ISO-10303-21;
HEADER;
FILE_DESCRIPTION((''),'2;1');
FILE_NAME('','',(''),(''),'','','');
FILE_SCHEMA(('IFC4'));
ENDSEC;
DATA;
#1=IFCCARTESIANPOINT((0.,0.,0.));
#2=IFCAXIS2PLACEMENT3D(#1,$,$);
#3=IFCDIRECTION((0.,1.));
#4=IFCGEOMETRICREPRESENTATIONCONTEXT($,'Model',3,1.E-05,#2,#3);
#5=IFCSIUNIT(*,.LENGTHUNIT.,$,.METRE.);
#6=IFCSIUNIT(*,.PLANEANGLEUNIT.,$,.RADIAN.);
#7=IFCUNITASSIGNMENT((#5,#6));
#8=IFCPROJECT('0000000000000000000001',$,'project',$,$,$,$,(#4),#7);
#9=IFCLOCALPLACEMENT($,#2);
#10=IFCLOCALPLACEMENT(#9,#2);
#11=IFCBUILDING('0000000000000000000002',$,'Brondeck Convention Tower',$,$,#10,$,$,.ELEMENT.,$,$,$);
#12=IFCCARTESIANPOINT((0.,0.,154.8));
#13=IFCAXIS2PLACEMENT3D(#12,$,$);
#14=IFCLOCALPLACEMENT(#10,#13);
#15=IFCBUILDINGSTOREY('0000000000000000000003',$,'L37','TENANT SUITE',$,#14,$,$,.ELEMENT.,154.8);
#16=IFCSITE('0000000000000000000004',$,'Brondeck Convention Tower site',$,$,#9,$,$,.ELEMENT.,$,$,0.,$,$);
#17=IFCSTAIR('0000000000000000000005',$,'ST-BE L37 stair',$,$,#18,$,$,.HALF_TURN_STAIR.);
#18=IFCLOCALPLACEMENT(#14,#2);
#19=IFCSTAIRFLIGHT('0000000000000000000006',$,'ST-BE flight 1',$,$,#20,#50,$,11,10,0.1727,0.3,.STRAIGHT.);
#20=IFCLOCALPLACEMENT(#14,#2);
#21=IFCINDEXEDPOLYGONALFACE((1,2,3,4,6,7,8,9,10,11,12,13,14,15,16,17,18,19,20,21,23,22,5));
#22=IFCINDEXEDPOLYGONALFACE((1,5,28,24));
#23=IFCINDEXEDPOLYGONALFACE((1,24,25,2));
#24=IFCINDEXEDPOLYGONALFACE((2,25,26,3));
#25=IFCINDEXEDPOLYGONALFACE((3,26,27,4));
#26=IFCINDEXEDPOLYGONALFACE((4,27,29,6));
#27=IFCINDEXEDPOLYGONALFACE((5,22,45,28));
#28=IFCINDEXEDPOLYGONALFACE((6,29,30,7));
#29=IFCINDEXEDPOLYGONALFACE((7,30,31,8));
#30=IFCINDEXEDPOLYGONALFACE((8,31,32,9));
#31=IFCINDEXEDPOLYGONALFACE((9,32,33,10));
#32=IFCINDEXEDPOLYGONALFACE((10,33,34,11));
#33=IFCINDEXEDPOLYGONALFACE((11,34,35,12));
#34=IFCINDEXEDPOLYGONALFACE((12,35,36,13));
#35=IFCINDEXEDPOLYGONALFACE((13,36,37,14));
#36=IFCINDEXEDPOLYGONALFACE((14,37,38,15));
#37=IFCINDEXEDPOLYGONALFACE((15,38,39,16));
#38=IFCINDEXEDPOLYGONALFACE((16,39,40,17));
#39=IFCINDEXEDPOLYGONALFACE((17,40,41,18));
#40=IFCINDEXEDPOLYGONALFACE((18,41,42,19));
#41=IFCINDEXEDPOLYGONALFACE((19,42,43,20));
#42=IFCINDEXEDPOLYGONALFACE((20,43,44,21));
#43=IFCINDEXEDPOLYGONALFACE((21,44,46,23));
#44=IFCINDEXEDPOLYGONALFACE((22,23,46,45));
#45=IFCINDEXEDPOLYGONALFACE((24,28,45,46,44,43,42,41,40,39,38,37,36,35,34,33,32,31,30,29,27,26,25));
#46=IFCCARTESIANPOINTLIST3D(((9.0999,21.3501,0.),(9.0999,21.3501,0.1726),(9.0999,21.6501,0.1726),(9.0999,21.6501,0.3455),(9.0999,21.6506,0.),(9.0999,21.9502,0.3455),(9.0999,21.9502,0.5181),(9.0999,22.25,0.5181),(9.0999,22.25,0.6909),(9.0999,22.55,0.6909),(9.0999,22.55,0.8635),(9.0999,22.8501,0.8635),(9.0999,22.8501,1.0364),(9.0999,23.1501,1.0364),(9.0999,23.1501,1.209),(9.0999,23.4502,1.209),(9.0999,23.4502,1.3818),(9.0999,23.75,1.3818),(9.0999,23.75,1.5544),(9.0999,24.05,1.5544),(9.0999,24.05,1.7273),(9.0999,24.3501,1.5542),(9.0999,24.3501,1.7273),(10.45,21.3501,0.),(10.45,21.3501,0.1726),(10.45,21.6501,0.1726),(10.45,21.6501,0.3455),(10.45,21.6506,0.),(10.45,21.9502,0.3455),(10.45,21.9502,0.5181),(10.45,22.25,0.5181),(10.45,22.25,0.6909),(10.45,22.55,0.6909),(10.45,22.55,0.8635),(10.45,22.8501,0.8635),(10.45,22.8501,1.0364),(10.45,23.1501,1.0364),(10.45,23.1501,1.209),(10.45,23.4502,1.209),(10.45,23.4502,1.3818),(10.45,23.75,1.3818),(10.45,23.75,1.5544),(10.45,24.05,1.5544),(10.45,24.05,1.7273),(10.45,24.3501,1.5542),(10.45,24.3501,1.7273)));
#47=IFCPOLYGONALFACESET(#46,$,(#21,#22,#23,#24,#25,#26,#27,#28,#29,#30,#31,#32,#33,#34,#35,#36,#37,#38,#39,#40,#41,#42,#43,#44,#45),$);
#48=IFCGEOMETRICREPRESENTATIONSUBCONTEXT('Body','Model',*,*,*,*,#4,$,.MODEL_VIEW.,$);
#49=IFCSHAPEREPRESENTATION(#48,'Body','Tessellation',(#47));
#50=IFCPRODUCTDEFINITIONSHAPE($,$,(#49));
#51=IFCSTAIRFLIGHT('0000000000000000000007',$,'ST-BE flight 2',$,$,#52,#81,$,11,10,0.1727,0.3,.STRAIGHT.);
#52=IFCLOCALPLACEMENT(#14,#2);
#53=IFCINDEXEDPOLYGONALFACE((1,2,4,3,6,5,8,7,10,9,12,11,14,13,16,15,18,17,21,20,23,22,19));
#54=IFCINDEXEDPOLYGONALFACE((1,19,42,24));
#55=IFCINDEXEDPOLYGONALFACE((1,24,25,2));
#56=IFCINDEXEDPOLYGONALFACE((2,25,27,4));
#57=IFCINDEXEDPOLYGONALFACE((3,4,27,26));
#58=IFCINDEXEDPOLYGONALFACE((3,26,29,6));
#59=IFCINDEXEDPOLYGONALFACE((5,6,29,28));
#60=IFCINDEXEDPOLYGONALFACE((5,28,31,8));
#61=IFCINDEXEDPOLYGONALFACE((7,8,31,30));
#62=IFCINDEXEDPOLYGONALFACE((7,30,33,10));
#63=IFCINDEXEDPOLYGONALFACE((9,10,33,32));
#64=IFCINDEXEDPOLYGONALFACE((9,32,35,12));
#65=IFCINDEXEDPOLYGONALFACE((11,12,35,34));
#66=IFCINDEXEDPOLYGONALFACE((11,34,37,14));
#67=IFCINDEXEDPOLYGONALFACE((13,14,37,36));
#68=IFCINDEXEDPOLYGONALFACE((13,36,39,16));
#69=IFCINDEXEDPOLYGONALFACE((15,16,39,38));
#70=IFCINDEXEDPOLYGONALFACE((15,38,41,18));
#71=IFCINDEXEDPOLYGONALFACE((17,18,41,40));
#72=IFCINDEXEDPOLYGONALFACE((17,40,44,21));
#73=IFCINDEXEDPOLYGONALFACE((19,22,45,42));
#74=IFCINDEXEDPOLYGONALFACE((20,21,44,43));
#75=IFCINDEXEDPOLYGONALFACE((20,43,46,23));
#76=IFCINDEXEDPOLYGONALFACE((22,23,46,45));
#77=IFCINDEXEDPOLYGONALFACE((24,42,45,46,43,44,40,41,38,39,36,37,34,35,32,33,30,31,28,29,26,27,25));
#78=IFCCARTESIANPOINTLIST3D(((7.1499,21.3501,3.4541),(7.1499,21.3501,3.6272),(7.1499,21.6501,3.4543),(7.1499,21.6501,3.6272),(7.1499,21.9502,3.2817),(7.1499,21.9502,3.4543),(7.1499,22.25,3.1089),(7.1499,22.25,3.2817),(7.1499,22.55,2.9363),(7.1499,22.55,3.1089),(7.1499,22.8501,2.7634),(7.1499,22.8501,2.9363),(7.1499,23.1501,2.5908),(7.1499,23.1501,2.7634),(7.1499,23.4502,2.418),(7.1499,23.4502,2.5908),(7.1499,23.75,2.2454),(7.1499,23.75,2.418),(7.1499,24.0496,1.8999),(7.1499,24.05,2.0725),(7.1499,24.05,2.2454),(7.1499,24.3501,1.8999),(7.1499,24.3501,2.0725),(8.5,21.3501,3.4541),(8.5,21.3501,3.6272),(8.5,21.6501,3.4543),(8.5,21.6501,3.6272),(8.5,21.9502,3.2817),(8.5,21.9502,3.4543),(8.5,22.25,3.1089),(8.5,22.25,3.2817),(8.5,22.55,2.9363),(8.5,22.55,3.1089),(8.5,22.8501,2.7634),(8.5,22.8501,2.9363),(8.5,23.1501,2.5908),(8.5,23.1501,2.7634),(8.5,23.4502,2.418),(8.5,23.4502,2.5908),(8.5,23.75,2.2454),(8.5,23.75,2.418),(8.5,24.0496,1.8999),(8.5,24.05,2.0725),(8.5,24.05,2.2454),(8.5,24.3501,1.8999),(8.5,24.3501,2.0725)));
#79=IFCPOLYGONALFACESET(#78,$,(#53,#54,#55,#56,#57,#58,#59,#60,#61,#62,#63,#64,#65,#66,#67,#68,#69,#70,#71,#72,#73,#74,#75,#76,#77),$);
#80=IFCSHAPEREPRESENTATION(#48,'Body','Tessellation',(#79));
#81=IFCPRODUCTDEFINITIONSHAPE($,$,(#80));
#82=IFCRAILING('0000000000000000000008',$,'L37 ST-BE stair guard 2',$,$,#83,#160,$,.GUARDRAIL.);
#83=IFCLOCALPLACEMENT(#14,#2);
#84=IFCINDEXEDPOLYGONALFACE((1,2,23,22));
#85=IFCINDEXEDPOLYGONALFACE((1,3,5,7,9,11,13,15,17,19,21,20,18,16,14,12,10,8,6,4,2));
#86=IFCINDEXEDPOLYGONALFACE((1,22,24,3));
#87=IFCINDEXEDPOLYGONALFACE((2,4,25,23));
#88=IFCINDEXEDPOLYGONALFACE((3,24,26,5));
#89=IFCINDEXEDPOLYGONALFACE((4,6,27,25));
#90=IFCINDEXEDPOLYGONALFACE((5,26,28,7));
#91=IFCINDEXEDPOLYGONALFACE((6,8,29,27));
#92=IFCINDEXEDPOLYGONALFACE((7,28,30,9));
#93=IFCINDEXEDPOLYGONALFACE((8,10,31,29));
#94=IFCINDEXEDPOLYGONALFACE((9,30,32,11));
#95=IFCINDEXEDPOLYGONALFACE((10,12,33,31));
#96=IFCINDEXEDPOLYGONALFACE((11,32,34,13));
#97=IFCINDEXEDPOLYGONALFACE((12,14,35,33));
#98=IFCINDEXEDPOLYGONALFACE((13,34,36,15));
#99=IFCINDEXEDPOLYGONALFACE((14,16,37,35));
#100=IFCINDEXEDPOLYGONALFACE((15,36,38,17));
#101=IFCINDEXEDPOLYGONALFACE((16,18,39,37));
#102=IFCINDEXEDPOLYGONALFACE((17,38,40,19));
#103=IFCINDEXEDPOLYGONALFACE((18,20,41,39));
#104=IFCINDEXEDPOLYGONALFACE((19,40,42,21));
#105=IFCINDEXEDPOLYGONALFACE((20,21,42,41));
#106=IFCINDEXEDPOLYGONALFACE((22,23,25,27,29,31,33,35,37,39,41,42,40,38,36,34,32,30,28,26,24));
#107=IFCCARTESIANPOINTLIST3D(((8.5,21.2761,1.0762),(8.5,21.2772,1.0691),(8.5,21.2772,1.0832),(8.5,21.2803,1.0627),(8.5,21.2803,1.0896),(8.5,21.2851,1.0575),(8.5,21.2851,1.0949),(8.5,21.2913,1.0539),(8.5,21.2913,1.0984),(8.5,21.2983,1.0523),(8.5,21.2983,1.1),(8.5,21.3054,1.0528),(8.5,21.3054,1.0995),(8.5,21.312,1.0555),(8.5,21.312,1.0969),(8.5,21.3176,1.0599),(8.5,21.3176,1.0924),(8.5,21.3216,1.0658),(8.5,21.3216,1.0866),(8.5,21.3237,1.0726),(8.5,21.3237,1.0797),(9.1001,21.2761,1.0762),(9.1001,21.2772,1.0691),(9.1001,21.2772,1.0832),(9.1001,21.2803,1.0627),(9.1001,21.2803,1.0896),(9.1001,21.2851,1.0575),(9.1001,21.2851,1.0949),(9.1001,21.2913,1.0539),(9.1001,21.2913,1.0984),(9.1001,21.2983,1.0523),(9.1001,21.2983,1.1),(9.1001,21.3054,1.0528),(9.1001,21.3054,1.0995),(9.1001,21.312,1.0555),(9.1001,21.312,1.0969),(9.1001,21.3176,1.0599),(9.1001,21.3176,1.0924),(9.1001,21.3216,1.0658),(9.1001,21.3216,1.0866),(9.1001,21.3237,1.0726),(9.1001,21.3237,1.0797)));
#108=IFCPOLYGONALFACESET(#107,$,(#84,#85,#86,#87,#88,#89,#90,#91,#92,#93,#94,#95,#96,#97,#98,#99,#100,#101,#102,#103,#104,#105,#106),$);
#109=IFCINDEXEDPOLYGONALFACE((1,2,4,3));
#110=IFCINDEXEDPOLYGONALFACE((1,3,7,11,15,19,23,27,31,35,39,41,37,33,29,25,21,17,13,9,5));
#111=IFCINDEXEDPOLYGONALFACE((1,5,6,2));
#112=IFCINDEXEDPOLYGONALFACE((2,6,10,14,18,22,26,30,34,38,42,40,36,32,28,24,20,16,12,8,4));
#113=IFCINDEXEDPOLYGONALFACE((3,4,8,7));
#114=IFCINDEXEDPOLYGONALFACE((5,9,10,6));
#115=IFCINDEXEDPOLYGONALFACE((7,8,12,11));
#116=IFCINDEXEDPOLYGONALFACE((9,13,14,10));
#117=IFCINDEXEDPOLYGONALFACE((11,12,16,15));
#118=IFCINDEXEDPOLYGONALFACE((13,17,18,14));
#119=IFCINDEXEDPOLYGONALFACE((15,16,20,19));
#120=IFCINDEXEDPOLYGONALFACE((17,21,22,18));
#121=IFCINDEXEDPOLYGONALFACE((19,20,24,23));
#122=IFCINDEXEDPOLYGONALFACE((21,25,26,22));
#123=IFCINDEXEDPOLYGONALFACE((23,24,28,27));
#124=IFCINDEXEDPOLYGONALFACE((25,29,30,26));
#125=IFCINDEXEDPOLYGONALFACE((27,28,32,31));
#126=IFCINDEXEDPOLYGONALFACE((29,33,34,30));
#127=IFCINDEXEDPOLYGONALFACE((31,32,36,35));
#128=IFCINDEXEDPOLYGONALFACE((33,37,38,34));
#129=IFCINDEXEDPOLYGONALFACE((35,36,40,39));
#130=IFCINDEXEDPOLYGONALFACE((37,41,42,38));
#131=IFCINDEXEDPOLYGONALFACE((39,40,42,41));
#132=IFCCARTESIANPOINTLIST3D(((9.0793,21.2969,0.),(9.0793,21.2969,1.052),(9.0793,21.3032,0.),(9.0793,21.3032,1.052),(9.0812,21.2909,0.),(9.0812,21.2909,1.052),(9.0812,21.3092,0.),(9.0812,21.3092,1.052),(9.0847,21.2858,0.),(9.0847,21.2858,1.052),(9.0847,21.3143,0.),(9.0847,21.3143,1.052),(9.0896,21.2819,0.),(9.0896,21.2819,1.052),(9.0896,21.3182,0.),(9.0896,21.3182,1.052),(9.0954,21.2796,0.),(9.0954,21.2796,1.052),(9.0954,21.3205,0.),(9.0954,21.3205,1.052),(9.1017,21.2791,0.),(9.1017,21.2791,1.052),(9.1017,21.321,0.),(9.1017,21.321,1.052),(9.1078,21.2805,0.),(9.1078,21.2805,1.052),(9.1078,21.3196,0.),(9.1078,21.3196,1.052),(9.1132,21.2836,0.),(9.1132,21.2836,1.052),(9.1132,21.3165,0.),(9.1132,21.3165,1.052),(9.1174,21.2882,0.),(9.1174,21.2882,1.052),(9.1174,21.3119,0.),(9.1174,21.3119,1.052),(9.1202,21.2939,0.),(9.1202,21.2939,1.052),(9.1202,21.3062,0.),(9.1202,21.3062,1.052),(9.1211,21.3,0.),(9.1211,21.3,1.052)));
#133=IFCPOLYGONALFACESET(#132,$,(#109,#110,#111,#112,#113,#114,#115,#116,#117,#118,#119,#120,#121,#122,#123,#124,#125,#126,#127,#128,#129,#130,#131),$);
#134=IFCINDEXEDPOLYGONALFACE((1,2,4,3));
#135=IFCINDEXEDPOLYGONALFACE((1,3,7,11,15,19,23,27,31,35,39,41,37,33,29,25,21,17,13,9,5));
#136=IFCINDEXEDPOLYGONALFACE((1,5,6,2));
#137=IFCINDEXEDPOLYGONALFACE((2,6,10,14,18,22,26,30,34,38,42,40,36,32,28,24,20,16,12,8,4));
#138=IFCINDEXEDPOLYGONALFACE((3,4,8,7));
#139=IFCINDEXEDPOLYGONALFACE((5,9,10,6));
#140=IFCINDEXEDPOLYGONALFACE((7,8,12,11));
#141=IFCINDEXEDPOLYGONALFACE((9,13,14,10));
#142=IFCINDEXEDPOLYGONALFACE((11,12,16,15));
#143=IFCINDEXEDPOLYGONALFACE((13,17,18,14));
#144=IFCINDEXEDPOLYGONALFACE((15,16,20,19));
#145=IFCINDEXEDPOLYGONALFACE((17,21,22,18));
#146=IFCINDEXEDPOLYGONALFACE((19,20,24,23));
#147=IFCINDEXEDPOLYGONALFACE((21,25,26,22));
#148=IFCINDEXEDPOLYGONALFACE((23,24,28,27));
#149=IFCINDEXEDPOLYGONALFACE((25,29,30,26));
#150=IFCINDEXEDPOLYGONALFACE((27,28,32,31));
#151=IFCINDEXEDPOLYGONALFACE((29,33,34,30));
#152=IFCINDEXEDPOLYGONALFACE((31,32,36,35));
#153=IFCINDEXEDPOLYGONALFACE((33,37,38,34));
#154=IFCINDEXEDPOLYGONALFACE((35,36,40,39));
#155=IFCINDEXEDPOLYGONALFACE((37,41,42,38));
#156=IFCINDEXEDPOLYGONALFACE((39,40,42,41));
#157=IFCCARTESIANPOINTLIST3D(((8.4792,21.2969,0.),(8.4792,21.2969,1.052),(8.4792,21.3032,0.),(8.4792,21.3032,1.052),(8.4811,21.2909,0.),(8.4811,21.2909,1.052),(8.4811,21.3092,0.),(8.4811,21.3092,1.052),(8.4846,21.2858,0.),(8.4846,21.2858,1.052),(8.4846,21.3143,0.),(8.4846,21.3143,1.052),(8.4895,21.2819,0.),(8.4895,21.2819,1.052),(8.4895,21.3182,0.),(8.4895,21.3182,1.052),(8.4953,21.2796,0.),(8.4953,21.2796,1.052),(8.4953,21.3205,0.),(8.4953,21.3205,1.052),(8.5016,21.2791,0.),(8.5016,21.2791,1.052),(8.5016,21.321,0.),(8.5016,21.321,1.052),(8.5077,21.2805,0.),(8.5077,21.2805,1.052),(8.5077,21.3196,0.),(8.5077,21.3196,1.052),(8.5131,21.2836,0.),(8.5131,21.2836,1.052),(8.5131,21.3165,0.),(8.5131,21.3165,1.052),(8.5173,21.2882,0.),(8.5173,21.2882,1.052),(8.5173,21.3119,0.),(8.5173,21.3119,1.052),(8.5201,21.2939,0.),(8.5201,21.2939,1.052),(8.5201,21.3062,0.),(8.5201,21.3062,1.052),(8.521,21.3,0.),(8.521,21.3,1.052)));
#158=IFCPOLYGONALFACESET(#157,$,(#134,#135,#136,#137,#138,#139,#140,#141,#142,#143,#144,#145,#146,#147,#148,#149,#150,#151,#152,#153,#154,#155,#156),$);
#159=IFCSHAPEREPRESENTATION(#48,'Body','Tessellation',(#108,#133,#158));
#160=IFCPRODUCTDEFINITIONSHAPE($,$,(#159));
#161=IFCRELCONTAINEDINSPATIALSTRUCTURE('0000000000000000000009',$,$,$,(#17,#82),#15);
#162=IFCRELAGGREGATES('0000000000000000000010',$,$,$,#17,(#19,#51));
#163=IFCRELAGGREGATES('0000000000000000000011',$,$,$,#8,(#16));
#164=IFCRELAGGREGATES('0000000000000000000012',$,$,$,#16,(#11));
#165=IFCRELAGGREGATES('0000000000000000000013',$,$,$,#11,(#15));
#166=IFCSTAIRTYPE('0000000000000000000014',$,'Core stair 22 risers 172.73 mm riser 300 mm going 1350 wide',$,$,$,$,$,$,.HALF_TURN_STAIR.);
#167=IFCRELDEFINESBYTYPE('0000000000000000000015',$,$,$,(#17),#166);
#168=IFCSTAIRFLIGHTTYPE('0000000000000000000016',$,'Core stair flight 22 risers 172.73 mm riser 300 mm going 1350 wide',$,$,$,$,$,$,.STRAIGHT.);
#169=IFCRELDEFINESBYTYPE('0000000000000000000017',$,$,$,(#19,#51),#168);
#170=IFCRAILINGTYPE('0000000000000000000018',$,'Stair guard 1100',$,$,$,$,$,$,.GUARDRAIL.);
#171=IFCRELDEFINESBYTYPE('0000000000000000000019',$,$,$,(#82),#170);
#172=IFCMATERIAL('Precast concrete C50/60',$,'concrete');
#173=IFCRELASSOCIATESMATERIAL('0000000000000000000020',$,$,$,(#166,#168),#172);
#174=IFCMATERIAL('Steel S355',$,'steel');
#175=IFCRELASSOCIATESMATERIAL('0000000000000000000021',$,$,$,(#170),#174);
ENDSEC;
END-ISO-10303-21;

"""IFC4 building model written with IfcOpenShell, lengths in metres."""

from ifc_helpers import new_model, si_unit, direction, frame, origin, origin_2d, place, context, subcontext, project, spatial, polyline, circle, outline, extrude, material, type_object, element, aggregate, save


model = new_model("IFC4")

# Units and contexts
model_context = context("Model", 3, precision=1e-05, world=origin(), true_north=direction((0.0, 1.0)))
body_context = subcontext(model_context, "Body", "Model", "MODEL_VIEW")
ifc_project = project(units=[si_unit("LENGTHUNIT", "METRE"), si_unit("PLANEANGLEUNIT", "RADIAN")], contexts=[model_context])

# Site, building, storey
site_placement = place(None, origin())
site = spatial("IfcSite", under=ifc_project, at=site_placement, Name="Brondeck Convention Tower site", CompositionType="ELEMENT", RefElevation=0.0)
building_placement = place(site_placement, origin())
building = spatial("IfcBuilding", under=site, at=building_placement, Name="Brondeck Convention Tower", CompositionType="ELEMENT")
storey_placement = place(building_placement, frame((0.0, 0.0, 154.8)))
storey = spatial("IfcBuildingStorey", under=building, at=storey_placement, Name="L37", Description="TENANT SUITE", CompositionType="ELEMENT", Elevation=154.8)

# Shared definitions
ifc_material_1 = material(Name="Steel S355", Category="steel")

# Stair, stair flights
ifc_material_2 = material(Name="Precast concrete C50/60", Category="concrete")
stair_type = type_object("IfcStairType", Name="Core stair 22 risers 172.73 mm riser 300 mm going 1350 wide", PredefinedType="HALF_TURN_STAIR", material=ifc_material_2)
stair_placement = place(storey_placement, origin())
stair = element("IfcStair", 1, at=stair_placement, inside=storey, type_object=stair_type, Name="ST-BE L37 stair", PredefinedType="HALF_TURN_STAIR")
stair_flight_type = type_object("IfcStairFlightType", Name="Core stair flight 22 risers 172.73 mm riser 300 mm going 1350 wide", PredefinedType="STRAIGHT", material=ifc_material_2)
stair_flight_1_placement = place(storey_placement, frame((9.7749, 21.3501, 0.0), z_axis=(0.0, 0.0, 1.0), x_axis=(0.0, 1.0, 0.0)))
stair_flight_1 = element("IfcStairFlight", 2, at=stair_flight_1_placement, type_object=stair_flight_type, Name="ST-BE flight 1", NumberOfRisers=11, NumberOfTreads=10, PredefinedType="STRAIGHT", RiserHeight=0.1727, TreadLength=0.3, context=body_context, shape_type="SweptSolid", body=[
    extrude(outline(polyline([(0.0, 0.0), (0.0, 0.1726), (0.3, 0.1726), (0.3, 0.3455), (0.6001, 0.3455), (0.6001, 0.5181), (0.8999, 0.5181), (0.8999, 0.6909), (1.2, 0.6909), (1.2, 0.8635), (1.5, 0.8635), (1.5, 1.0364), (1.8, 1.0364), (1.8, 1.209), (2.1001, 1.209), (2.1001, 1.3818), (2.3999, 1.3818), (2.3999, 1.5544), (2.7, 1.5544), (2.7, 1.7273), (3.0, 1.7273), (3.0, 1.8999), (3.0, 1.5542), (0.3005, 0.0), (0.0, 0.0)])), frame((0.0, 0.675, 0.0), z_axis=(0.0, -1.0, 0.0), x_axis=(1.0, 0.0, 0.0)), (0.0, 0.0, 1.0), 1.3501),
])
stair_flight_2_placement = place(storey_placement, frame((7.825, 24.3501, 1.8999), z_axis=(0.0, 0.0, 1.0), x_axis=(0.0, -1.0, 0.0)))
stair_flight_2 = element("IfcStairFlight", 3, at=stair_flight_2_placement, type_object=stair_flight_type, Name="ST-BE flight 2", NumberOfRisers=11, NumberOfTreads=10, PredefinedType="STRAIGHT", RiserHeight=0.1727, TreadLength=0.3, context=body_context, shape_type="SweptSolid", body=[
    extrude(outline(polyline([(0.0, 0.0), (0.0, 0.1726), (0.3, 0.1726), (0.3, 0.3455), (0.6001, 0.3455), (0.6001, 0.5181), (0.8999, 0.5181), (0.8999, 0.6909), (1.2, 0.6909), (1.2, 0.8635), (1.5, 0.8635), (1.5, 1.0364), (1.8, 1.0364), (1.8, 1.209), (2.1001, 1.209), (2.1001, 1.3818), (2.3999, 1.3818), (2.3999, 1.5544), (2.7, 1.5544), (2.7, 1.7273), (3.0, 1.7273), (3.0, 1.8999), (3.0, 1.5542), (0.3005, 0.0), (0.0, 0.0)])), frame((0.0, 0.675, 0.0), z_axis=(0.0, -1.0, 0.0), x_axis=(1.0, 0.0, 0.0)), (0.0, 0.0, 1.0), 1.3501),
])
aggregate(stair, [stair_flight_1, stair_flight_2])

# Railing
railing_type_1 = type_object("IfcRailingType", Name="Stair guard 1100", PredefinedType="GUARDRAIL", material=ifc_material_1)
railing_1_placement = place(storey_placement, frame((9.1001, 21.3, 0.0)))
element("IfcRailing", 4, at=railing_1_placement, inside=storey, type_object=railing_type_1, Name="L37 ST-BE stair guard 2", PredefinedType="GUARDRAIL", context=body_context, shape_type="SweptSolid", body=[
    extrude(circle(Radius=0.0239, at=origin_2d()), frame((0.0, 0.0, 1.0762), z_axis=(-1.0, 0.0, 0.0), x_axis=(0.0, -1.0, 0.0)), (0.0, 0.0, 1.0), 0.6001),
    extrude(circle(Radius=0.021, at=origin_2d()), origin(), (0.0, 0.0, 1.0), 1.052),
    extrude(circle(Radius=0.021, at=origin_2d()), frame((-0.6001, 0.0, 0.0)), (0.0, 0.0, 1.0), 1.052),
])

save(model, "model.ifc")
